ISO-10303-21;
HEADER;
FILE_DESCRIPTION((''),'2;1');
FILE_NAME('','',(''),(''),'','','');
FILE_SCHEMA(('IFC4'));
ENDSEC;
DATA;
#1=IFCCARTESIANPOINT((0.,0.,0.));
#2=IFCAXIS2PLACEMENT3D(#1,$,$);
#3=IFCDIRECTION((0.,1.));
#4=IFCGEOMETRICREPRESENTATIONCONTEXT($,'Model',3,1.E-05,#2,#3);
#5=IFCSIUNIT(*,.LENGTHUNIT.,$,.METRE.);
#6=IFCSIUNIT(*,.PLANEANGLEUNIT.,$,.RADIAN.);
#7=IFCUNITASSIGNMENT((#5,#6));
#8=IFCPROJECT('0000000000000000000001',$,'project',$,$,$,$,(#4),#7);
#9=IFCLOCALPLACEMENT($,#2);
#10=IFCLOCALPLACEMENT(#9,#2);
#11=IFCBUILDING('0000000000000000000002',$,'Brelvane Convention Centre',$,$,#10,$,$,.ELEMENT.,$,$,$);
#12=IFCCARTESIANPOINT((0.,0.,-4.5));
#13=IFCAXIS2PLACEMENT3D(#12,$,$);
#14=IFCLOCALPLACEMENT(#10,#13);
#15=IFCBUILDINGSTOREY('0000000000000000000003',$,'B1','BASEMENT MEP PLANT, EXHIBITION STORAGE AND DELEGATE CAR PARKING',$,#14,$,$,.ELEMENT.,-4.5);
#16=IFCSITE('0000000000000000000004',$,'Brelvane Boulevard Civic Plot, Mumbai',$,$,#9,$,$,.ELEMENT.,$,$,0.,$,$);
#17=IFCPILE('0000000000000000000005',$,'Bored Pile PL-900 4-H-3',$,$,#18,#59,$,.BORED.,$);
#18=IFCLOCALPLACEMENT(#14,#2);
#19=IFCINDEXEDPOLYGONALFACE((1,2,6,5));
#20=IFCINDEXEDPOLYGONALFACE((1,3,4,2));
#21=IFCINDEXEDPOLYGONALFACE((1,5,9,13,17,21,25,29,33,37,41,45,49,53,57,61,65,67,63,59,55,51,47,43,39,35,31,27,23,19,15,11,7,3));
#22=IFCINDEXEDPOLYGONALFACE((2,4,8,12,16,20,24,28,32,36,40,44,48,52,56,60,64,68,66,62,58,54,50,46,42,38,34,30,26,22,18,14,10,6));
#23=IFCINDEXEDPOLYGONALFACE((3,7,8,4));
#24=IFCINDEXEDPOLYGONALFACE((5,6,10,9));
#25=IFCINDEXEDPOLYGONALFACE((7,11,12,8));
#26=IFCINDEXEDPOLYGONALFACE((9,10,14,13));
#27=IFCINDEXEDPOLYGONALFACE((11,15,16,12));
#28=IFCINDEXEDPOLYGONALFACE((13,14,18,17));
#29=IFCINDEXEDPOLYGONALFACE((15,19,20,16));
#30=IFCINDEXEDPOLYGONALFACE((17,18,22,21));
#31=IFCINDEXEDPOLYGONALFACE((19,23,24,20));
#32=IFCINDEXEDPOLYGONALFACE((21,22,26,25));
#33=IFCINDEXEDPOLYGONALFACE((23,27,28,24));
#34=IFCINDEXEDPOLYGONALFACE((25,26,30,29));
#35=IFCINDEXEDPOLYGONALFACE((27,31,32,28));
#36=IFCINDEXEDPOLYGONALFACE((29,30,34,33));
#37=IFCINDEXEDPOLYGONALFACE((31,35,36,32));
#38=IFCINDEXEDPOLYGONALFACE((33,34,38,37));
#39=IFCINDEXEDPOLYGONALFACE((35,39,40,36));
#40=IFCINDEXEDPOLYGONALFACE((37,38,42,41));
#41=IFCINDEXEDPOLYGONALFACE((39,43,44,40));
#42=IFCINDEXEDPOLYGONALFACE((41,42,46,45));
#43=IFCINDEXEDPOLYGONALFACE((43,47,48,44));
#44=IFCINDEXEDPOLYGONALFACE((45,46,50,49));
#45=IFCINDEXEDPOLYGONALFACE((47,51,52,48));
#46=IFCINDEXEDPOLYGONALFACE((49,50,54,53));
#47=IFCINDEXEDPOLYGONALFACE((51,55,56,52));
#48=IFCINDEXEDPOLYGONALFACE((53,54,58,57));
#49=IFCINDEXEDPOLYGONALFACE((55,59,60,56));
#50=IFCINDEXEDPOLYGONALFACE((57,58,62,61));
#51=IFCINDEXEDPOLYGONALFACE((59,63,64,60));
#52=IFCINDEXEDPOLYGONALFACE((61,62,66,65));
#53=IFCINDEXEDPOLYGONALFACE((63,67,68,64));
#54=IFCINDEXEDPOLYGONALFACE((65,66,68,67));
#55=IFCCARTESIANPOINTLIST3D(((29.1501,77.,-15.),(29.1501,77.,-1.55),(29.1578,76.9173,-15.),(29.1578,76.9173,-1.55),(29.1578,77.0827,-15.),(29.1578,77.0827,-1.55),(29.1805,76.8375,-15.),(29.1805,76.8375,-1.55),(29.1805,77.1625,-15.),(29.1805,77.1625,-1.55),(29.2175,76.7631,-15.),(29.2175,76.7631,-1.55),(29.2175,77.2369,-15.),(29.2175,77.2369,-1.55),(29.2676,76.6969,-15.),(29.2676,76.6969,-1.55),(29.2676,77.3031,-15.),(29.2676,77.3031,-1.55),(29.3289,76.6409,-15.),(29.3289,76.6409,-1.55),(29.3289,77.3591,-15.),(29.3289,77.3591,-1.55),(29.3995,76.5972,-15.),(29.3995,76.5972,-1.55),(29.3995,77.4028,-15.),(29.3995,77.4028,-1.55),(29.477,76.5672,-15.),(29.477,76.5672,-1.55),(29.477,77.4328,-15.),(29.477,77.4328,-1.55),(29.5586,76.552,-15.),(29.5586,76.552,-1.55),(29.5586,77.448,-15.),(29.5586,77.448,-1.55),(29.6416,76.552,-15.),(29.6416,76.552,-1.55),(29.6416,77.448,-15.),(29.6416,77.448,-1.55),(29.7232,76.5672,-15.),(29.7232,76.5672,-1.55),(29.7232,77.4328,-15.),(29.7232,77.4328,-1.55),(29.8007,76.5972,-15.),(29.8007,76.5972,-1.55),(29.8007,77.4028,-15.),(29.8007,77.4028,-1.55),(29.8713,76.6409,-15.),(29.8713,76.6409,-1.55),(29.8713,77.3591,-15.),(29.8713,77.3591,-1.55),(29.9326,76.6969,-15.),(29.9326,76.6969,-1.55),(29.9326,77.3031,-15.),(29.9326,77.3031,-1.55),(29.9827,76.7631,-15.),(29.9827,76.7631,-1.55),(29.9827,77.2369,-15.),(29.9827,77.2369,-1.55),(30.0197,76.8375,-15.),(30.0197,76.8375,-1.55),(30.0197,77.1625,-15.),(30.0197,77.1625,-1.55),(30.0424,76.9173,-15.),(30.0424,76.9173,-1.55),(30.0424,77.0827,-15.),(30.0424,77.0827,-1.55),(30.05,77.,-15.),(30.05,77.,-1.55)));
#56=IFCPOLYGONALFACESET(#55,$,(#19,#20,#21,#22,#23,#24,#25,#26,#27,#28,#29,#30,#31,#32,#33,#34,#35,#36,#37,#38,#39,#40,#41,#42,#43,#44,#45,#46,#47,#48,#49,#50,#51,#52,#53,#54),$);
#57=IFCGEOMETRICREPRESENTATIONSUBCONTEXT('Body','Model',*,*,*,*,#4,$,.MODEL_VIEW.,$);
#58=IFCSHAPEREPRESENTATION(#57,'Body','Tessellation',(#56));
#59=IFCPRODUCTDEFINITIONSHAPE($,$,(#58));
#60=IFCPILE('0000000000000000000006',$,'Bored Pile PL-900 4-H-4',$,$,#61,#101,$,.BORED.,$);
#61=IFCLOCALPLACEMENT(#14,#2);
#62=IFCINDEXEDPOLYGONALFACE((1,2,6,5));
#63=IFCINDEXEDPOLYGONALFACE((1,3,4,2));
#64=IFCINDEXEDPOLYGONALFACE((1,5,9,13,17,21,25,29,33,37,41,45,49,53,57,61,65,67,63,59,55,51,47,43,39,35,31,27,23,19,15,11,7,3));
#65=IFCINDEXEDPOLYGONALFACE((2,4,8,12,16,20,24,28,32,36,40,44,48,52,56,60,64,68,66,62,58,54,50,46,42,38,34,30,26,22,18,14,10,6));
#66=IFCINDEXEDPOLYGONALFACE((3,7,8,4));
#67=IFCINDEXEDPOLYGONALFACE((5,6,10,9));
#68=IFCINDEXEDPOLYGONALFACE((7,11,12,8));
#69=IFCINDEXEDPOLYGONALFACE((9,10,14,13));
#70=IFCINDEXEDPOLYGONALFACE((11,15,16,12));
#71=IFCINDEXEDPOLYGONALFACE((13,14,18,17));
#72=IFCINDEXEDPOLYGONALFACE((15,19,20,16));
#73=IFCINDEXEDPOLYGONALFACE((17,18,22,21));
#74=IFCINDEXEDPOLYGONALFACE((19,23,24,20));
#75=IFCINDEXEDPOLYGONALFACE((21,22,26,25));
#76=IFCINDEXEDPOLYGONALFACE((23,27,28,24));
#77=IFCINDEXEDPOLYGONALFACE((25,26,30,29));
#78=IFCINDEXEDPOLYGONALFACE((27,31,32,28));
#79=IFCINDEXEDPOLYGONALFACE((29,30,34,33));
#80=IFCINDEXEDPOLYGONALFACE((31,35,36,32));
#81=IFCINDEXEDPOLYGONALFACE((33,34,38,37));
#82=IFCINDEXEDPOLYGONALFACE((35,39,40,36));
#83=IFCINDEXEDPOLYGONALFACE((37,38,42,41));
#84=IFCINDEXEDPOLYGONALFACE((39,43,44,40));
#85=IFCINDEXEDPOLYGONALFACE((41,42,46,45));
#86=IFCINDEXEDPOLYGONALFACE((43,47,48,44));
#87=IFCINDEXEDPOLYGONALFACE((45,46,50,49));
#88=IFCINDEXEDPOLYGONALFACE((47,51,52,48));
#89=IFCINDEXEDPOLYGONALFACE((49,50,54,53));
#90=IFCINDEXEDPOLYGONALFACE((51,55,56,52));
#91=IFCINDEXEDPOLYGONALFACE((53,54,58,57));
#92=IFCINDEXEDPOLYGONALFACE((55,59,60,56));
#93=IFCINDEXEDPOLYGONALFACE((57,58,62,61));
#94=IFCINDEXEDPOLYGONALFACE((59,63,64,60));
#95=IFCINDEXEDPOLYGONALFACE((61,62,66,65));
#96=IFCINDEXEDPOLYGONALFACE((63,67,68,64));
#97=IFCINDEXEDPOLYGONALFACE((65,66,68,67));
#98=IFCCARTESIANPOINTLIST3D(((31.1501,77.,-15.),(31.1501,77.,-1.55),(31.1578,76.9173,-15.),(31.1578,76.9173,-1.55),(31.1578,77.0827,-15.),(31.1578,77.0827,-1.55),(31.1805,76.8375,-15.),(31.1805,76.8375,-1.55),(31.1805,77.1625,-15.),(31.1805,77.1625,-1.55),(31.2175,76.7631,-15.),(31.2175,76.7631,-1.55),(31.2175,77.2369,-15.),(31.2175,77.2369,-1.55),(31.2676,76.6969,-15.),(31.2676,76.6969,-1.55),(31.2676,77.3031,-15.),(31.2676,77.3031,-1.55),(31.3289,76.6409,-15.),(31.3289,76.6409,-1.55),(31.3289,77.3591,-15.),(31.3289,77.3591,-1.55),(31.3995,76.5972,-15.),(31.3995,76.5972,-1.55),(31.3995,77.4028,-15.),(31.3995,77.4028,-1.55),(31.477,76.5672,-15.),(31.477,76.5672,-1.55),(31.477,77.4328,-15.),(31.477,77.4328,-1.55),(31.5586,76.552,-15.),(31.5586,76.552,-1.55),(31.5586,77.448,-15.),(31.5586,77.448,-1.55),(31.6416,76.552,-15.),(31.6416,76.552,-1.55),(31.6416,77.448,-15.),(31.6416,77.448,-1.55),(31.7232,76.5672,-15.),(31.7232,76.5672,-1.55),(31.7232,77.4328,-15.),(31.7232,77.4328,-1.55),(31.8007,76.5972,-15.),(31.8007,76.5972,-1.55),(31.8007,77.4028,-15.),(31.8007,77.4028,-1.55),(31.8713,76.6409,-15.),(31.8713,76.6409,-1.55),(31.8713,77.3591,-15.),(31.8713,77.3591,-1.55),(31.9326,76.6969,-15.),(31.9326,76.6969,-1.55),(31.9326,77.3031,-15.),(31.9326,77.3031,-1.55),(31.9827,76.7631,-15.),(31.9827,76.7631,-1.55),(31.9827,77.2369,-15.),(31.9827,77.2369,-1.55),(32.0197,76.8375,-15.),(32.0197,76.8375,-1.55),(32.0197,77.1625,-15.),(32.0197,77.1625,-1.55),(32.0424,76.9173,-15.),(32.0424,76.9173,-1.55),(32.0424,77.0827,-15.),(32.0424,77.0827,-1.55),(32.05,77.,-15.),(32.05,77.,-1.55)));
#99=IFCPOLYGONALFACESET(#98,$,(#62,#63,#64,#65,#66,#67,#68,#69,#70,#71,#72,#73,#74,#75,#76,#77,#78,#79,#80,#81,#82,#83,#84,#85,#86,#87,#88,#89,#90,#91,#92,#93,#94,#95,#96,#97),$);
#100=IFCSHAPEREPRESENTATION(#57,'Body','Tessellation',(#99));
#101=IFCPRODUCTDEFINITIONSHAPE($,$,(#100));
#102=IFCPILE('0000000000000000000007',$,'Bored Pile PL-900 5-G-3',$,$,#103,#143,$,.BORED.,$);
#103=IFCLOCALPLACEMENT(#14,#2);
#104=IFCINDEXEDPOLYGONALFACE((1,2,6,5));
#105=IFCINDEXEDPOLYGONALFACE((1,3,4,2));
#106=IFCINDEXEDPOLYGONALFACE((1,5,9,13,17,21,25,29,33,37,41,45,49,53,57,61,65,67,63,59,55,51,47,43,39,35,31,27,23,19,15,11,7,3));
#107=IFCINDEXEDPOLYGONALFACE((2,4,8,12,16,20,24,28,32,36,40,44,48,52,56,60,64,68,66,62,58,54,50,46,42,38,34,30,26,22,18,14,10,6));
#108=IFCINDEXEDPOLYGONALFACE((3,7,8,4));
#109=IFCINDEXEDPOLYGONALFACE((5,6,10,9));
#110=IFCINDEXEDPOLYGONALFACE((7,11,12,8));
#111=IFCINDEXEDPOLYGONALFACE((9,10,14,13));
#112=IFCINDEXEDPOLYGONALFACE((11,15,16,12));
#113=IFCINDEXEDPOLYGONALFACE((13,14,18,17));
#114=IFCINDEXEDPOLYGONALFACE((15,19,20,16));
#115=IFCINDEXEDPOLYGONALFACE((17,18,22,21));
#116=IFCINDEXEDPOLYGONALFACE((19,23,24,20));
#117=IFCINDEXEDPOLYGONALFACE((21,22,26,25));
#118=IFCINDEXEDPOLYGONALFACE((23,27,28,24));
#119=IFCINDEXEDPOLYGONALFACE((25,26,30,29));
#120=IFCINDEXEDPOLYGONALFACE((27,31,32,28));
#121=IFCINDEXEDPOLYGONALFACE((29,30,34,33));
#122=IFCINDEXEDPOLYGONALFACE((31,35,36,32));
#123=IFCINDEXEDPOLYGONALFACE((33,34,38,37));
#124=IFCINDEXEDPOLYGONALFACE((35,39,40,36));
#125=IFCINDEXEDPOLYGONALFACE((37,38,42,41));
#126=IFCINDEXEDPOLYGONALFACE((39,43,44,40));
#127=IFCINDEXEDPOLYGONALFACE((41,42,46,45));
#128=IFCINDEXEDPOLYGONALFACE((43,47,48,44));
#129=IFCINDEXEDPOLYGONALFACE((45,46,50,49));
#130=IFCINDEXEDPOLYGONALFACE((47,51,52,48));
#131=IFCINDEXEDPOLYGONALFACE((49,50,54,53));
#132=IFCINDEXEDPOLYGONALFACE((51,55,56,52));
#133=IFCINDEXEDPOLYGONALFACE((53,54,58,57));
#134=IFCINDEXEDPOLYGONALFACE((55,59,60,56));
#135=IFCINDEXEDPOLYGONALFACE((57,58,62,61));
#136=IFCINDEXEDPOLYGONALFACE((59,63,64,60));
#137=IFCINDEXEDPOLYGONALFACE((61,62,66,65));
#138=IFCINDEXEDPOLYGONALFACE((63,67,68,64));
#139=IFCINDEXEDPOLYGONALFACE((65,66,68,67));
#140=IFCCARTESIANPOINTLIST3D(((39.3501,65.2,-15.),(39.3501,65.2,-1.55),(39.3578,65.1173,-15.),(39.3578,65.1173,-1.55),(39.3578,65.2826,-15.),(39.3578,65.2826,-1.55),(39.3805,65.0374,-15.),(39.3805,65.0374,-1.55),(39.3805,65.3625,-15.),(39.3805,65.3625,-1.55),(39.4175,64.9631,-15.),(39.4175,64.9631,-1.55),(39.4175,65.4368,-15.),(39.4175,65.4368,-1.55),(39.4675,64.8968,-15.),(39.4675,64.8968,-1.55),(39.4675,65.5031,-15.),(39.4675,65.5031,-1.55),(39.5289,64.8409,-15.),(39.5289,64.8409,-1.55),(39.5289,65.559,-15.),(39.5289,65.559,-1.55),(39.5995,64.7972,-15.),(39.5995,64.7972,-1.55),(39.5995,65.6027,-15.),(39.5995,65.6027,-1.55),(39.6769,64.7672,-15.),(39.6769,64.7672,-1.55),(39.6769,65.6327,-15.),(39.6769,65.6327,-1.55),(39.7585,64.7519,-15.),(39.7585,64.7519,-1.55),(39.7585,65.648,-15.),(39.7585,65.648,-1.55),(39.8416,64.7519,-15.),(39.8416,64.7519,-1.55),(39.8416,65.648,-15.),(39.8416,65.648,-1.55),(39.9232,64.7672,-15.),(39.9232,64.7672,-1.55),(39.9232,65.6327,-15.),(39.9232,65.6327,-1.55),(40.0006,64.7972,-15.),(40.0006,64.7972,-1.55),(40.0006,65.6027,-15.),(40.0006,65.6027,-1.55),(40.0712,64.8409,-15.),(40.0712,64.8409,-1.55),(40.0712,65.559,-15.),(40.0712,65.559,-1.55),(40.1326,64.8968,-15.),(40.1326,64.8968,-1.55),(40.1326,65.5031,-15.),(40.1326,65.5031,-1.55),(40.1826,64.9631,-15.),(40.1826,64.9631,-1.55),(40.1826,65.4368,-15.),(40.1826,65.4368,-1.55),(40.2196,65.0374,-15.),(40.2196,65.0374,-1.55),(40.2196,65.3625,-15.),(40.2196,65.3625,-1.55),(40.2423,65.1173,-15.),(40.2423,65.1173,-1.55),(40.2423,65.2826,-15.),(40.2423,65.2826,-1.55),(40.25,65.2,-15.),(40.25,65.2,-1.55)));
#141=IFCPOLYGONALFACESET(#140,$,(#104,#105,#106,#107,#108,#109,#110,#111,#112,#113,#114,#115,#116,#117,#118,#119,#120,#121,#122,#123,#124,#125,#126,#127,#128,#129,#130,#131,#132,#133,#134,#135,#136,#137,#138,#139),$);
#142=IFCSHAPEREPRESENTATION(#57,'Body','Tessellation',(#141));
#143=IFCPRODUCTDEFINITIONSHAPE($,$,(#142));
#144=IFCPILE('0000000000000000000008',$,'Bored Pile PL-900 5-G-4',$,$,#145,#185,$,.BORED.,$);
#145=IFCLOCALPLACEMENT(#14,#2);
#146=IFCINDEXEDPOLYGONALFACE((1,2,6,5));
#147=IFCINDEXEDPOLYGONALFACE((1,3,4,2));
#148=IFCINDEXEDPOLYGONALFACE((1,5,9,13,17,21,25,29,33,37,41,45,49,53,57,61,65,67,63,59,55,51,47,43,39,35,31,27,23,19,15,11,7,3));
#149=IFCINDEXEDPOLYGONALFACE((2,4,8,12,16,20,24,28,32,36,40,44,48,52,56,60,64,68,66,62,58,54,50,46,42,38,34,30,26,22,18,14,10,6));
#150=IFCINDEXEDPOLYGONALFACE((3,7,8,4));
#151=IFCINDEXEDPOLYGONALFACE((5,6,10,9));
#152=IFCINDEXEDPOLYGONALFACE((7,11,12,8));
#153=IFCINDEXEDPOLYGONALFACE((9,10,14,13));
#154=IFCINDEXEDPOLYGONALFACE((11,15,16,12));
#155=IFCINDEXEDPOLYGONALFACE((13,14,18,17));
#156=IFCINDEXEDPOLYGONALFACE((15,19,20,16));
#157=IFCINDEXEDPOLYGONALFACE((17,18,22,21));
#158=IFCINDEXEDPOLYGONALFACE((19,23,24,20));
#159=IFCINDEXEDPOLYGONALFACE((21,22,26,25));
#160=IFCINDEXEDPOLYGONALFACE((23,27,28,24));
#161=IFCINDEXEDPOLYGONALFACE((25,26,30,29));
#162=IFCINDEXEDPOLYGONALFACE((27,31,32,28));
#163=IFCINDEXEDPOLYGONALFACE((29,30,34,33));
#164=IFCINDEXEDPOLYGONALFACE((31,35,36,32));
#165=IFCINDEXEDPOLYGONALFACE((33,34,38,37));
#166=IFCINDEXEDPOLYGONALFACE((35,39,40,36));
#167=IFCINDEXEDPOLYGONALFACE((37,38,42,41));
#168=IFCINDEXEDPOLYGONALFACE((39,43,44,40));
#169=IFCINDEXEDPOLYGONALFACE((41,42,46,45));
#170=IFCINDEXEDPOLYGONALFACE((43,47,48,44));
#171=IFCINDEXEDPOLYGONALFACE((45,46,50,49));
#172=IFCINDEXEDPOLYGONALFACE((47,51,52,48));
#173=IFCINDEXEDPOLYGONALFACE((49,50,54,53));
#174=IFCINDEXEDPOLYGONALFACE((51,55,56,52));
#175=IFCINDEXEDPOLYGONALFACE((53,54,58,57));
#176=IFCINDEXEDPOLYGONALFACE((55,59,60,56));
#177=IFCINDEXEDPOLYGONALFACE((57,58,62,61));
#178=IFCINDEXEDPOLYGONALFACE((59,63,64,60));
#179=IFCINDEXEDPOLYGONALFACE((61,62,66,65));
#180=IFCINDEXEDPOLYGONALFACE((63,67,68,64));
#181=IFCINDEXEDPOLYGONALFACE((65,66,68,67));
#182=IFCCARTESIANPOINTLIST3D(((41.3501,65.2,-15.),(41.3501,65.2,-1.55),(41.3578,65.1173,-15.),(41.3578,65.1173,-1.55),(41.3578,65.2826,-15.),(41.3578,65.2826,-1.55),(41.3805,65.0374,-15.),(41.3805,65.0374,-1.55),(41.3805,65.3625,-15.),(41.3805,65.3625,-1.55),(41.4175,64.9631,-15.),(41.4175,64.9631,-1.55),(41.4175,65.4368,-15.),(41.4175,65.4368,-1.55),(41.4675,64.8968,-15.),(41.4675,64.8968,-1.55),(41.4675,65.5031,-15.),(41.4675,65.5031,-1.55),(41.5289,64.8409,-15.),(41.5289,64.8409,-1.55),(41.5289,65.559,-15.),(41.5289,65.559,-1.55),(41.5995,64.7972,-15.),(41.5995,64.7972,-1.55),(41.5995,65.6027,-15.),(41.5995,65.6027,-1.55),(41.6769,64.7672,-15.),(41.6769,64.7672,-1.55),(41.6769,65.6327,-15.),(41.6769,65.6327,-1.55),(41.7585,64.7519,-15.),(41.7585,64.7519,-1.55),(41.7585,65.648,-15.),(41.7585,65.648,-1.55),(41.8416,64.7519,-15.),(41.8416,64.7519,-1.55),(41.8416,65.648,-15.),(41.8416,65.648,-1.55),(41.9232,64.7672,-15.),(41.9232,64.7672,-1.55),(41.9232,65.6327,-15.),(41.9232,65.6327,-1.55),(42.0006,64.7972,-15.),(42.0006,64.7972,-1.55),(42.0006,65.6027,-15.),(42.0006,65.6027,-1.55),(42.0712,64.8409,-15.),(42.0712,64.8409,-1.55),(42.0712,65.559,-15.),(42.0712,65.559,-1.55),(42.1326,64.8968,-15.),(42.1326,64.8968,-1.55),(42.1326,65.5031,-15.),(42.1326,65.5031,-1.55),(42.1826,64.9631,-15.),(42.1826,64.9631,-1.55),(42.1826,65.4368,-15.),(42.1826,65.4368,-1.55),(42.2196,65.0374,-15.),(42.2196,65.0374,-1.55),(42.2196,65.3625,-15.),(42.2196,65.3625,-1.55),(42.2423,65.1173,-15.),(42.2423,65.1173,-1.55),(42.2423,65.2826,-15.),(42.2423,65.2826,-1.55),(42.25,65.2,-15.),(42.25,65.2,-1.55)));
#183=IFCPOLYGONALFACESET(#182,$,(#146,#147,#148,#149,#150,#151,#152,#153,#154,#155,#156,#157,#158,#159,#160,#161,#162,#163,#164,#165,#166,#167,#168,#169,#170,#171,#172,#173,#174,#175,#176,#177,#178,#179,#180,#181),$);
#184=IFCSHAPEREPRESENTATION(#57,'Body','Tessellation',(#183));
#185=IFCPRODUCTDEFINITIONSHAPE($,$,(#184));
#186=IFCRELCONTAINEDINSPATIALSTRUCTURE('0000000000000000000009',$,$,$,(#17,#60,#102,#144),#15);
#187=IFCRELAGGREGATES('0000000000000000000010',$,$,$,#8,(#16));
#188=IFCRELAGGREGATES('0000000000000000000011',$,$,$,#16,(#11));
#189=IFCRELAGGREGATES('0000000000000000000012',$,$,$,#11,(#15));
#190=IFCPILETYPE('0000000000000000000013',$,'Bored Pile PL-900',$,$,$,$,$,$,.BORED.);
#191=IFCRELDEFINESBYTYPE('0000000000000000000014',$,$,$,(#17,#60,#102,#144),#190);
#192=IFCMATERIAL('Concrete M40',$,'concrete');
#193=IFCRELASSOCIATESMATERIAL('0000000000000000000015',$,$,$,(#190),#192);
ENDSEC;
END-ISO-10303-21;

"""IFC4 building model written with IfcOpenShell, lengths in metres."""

from ifc_helpers import new_model, si_unit, direction, frame, origin, origin_2d, place, context, subcontext, project, spatial, circle, extrude, material, material_profile, profile_set, type_object, element, save


model = new_model("IFC4")

# Units and contexts
model_context = context("Model", 3, precision=1e-05, world=origin(), true_north=direction((0.0, 1.0)))
body_context = subcontext(model_context, "Body", "Model", "MODEL_VIEW")
ifc_project = project(units=[si_unit("LENGTHUNIT", "METRE"), si_unit("PLANEANGLEUNIT", "RADIAN")], contexts=[model_context])

# Site, building, storey
site_placement = place(None, origin())
site = spatial("IfcSite", under=ifc_project, at=site_placement, Name="Brelvane Boulevard Civic Plot, Mumbai", CompositionType="ELEMENT", RefElevation=0.0)
building_placement = place(site_placement, origin())
building = spatial("IfcBuilding", under=site, at=building_placement, Name="Brelvane Convention Centre", CompositionType="ELEMENT")
storey_placement = place(building_placement, frame((0.0, 0.0, -4.5)))
storey = spatial("IfcBuildingStorey", under=building, at=storey_placement, Name="B1", Description="BASEMENT MEP PLANT, EXHIBITION STORAGE AND DELEGATE CAR PARKING", CompositionType="ELEMENT", Elevation=-4.5)

# Piles
ifc_material_1 = material(Name="Concrete M40", Category="concrete")
ifc_material_profile_1 = material_profile(ifc_material_1, circle(Radius=0.45, at=origin_2d()), Name="PILE D900")
ifc_profile_set_1 = profile_set([ifc_material_profile_1], Name="Concrete M40")
pile_type = type_object("IfcPileType", Name="Bored Pile PL-900", PredefinedType="BORED", material=ifc_profile_set_1)
for number, where, z_axis, x_axis, name in (
    (1, (29.6001, 77.0, -1.55), (0.0, 0.0, -1.0), (1.0, 0.0, 0.0), "Bored Pile PL-900 4-H-3"),
    (2, (31.6001, 77.0, -1.55), (0.0, 0.0, -1.0), (1.0, 0.0, 0.0), "Bored Pile PL-900 4-H-4"),
    (3, (39.8, 65.2, -1.55), (0.0, 0.0, -1.0), (1.0, 0.0, 0.0), "Bored Pile PL-900 5-G-3"),
    (4, (41.8, 65.2, -1.55), (0.0, 0.0, -1.0), (1.0, 0.0, 0.0), "Bored Pile PL-900 5-G-4"),
):
    element("IfcPile", number, at=place(storey_placement, frame(where, z_axis=z_axis, x_axis=x_axis)), inside=storey, type_object=pile_type, Name=name, PredefinedType="BORED", context=body_context, shape_type="SweptSolid", body=[
        extrude(circle(Radius=0.45, at=origin_2d()), origin(), (0.0, 0.0, 1.0), 13.45),
    ])

save(model, "model.ifc")
